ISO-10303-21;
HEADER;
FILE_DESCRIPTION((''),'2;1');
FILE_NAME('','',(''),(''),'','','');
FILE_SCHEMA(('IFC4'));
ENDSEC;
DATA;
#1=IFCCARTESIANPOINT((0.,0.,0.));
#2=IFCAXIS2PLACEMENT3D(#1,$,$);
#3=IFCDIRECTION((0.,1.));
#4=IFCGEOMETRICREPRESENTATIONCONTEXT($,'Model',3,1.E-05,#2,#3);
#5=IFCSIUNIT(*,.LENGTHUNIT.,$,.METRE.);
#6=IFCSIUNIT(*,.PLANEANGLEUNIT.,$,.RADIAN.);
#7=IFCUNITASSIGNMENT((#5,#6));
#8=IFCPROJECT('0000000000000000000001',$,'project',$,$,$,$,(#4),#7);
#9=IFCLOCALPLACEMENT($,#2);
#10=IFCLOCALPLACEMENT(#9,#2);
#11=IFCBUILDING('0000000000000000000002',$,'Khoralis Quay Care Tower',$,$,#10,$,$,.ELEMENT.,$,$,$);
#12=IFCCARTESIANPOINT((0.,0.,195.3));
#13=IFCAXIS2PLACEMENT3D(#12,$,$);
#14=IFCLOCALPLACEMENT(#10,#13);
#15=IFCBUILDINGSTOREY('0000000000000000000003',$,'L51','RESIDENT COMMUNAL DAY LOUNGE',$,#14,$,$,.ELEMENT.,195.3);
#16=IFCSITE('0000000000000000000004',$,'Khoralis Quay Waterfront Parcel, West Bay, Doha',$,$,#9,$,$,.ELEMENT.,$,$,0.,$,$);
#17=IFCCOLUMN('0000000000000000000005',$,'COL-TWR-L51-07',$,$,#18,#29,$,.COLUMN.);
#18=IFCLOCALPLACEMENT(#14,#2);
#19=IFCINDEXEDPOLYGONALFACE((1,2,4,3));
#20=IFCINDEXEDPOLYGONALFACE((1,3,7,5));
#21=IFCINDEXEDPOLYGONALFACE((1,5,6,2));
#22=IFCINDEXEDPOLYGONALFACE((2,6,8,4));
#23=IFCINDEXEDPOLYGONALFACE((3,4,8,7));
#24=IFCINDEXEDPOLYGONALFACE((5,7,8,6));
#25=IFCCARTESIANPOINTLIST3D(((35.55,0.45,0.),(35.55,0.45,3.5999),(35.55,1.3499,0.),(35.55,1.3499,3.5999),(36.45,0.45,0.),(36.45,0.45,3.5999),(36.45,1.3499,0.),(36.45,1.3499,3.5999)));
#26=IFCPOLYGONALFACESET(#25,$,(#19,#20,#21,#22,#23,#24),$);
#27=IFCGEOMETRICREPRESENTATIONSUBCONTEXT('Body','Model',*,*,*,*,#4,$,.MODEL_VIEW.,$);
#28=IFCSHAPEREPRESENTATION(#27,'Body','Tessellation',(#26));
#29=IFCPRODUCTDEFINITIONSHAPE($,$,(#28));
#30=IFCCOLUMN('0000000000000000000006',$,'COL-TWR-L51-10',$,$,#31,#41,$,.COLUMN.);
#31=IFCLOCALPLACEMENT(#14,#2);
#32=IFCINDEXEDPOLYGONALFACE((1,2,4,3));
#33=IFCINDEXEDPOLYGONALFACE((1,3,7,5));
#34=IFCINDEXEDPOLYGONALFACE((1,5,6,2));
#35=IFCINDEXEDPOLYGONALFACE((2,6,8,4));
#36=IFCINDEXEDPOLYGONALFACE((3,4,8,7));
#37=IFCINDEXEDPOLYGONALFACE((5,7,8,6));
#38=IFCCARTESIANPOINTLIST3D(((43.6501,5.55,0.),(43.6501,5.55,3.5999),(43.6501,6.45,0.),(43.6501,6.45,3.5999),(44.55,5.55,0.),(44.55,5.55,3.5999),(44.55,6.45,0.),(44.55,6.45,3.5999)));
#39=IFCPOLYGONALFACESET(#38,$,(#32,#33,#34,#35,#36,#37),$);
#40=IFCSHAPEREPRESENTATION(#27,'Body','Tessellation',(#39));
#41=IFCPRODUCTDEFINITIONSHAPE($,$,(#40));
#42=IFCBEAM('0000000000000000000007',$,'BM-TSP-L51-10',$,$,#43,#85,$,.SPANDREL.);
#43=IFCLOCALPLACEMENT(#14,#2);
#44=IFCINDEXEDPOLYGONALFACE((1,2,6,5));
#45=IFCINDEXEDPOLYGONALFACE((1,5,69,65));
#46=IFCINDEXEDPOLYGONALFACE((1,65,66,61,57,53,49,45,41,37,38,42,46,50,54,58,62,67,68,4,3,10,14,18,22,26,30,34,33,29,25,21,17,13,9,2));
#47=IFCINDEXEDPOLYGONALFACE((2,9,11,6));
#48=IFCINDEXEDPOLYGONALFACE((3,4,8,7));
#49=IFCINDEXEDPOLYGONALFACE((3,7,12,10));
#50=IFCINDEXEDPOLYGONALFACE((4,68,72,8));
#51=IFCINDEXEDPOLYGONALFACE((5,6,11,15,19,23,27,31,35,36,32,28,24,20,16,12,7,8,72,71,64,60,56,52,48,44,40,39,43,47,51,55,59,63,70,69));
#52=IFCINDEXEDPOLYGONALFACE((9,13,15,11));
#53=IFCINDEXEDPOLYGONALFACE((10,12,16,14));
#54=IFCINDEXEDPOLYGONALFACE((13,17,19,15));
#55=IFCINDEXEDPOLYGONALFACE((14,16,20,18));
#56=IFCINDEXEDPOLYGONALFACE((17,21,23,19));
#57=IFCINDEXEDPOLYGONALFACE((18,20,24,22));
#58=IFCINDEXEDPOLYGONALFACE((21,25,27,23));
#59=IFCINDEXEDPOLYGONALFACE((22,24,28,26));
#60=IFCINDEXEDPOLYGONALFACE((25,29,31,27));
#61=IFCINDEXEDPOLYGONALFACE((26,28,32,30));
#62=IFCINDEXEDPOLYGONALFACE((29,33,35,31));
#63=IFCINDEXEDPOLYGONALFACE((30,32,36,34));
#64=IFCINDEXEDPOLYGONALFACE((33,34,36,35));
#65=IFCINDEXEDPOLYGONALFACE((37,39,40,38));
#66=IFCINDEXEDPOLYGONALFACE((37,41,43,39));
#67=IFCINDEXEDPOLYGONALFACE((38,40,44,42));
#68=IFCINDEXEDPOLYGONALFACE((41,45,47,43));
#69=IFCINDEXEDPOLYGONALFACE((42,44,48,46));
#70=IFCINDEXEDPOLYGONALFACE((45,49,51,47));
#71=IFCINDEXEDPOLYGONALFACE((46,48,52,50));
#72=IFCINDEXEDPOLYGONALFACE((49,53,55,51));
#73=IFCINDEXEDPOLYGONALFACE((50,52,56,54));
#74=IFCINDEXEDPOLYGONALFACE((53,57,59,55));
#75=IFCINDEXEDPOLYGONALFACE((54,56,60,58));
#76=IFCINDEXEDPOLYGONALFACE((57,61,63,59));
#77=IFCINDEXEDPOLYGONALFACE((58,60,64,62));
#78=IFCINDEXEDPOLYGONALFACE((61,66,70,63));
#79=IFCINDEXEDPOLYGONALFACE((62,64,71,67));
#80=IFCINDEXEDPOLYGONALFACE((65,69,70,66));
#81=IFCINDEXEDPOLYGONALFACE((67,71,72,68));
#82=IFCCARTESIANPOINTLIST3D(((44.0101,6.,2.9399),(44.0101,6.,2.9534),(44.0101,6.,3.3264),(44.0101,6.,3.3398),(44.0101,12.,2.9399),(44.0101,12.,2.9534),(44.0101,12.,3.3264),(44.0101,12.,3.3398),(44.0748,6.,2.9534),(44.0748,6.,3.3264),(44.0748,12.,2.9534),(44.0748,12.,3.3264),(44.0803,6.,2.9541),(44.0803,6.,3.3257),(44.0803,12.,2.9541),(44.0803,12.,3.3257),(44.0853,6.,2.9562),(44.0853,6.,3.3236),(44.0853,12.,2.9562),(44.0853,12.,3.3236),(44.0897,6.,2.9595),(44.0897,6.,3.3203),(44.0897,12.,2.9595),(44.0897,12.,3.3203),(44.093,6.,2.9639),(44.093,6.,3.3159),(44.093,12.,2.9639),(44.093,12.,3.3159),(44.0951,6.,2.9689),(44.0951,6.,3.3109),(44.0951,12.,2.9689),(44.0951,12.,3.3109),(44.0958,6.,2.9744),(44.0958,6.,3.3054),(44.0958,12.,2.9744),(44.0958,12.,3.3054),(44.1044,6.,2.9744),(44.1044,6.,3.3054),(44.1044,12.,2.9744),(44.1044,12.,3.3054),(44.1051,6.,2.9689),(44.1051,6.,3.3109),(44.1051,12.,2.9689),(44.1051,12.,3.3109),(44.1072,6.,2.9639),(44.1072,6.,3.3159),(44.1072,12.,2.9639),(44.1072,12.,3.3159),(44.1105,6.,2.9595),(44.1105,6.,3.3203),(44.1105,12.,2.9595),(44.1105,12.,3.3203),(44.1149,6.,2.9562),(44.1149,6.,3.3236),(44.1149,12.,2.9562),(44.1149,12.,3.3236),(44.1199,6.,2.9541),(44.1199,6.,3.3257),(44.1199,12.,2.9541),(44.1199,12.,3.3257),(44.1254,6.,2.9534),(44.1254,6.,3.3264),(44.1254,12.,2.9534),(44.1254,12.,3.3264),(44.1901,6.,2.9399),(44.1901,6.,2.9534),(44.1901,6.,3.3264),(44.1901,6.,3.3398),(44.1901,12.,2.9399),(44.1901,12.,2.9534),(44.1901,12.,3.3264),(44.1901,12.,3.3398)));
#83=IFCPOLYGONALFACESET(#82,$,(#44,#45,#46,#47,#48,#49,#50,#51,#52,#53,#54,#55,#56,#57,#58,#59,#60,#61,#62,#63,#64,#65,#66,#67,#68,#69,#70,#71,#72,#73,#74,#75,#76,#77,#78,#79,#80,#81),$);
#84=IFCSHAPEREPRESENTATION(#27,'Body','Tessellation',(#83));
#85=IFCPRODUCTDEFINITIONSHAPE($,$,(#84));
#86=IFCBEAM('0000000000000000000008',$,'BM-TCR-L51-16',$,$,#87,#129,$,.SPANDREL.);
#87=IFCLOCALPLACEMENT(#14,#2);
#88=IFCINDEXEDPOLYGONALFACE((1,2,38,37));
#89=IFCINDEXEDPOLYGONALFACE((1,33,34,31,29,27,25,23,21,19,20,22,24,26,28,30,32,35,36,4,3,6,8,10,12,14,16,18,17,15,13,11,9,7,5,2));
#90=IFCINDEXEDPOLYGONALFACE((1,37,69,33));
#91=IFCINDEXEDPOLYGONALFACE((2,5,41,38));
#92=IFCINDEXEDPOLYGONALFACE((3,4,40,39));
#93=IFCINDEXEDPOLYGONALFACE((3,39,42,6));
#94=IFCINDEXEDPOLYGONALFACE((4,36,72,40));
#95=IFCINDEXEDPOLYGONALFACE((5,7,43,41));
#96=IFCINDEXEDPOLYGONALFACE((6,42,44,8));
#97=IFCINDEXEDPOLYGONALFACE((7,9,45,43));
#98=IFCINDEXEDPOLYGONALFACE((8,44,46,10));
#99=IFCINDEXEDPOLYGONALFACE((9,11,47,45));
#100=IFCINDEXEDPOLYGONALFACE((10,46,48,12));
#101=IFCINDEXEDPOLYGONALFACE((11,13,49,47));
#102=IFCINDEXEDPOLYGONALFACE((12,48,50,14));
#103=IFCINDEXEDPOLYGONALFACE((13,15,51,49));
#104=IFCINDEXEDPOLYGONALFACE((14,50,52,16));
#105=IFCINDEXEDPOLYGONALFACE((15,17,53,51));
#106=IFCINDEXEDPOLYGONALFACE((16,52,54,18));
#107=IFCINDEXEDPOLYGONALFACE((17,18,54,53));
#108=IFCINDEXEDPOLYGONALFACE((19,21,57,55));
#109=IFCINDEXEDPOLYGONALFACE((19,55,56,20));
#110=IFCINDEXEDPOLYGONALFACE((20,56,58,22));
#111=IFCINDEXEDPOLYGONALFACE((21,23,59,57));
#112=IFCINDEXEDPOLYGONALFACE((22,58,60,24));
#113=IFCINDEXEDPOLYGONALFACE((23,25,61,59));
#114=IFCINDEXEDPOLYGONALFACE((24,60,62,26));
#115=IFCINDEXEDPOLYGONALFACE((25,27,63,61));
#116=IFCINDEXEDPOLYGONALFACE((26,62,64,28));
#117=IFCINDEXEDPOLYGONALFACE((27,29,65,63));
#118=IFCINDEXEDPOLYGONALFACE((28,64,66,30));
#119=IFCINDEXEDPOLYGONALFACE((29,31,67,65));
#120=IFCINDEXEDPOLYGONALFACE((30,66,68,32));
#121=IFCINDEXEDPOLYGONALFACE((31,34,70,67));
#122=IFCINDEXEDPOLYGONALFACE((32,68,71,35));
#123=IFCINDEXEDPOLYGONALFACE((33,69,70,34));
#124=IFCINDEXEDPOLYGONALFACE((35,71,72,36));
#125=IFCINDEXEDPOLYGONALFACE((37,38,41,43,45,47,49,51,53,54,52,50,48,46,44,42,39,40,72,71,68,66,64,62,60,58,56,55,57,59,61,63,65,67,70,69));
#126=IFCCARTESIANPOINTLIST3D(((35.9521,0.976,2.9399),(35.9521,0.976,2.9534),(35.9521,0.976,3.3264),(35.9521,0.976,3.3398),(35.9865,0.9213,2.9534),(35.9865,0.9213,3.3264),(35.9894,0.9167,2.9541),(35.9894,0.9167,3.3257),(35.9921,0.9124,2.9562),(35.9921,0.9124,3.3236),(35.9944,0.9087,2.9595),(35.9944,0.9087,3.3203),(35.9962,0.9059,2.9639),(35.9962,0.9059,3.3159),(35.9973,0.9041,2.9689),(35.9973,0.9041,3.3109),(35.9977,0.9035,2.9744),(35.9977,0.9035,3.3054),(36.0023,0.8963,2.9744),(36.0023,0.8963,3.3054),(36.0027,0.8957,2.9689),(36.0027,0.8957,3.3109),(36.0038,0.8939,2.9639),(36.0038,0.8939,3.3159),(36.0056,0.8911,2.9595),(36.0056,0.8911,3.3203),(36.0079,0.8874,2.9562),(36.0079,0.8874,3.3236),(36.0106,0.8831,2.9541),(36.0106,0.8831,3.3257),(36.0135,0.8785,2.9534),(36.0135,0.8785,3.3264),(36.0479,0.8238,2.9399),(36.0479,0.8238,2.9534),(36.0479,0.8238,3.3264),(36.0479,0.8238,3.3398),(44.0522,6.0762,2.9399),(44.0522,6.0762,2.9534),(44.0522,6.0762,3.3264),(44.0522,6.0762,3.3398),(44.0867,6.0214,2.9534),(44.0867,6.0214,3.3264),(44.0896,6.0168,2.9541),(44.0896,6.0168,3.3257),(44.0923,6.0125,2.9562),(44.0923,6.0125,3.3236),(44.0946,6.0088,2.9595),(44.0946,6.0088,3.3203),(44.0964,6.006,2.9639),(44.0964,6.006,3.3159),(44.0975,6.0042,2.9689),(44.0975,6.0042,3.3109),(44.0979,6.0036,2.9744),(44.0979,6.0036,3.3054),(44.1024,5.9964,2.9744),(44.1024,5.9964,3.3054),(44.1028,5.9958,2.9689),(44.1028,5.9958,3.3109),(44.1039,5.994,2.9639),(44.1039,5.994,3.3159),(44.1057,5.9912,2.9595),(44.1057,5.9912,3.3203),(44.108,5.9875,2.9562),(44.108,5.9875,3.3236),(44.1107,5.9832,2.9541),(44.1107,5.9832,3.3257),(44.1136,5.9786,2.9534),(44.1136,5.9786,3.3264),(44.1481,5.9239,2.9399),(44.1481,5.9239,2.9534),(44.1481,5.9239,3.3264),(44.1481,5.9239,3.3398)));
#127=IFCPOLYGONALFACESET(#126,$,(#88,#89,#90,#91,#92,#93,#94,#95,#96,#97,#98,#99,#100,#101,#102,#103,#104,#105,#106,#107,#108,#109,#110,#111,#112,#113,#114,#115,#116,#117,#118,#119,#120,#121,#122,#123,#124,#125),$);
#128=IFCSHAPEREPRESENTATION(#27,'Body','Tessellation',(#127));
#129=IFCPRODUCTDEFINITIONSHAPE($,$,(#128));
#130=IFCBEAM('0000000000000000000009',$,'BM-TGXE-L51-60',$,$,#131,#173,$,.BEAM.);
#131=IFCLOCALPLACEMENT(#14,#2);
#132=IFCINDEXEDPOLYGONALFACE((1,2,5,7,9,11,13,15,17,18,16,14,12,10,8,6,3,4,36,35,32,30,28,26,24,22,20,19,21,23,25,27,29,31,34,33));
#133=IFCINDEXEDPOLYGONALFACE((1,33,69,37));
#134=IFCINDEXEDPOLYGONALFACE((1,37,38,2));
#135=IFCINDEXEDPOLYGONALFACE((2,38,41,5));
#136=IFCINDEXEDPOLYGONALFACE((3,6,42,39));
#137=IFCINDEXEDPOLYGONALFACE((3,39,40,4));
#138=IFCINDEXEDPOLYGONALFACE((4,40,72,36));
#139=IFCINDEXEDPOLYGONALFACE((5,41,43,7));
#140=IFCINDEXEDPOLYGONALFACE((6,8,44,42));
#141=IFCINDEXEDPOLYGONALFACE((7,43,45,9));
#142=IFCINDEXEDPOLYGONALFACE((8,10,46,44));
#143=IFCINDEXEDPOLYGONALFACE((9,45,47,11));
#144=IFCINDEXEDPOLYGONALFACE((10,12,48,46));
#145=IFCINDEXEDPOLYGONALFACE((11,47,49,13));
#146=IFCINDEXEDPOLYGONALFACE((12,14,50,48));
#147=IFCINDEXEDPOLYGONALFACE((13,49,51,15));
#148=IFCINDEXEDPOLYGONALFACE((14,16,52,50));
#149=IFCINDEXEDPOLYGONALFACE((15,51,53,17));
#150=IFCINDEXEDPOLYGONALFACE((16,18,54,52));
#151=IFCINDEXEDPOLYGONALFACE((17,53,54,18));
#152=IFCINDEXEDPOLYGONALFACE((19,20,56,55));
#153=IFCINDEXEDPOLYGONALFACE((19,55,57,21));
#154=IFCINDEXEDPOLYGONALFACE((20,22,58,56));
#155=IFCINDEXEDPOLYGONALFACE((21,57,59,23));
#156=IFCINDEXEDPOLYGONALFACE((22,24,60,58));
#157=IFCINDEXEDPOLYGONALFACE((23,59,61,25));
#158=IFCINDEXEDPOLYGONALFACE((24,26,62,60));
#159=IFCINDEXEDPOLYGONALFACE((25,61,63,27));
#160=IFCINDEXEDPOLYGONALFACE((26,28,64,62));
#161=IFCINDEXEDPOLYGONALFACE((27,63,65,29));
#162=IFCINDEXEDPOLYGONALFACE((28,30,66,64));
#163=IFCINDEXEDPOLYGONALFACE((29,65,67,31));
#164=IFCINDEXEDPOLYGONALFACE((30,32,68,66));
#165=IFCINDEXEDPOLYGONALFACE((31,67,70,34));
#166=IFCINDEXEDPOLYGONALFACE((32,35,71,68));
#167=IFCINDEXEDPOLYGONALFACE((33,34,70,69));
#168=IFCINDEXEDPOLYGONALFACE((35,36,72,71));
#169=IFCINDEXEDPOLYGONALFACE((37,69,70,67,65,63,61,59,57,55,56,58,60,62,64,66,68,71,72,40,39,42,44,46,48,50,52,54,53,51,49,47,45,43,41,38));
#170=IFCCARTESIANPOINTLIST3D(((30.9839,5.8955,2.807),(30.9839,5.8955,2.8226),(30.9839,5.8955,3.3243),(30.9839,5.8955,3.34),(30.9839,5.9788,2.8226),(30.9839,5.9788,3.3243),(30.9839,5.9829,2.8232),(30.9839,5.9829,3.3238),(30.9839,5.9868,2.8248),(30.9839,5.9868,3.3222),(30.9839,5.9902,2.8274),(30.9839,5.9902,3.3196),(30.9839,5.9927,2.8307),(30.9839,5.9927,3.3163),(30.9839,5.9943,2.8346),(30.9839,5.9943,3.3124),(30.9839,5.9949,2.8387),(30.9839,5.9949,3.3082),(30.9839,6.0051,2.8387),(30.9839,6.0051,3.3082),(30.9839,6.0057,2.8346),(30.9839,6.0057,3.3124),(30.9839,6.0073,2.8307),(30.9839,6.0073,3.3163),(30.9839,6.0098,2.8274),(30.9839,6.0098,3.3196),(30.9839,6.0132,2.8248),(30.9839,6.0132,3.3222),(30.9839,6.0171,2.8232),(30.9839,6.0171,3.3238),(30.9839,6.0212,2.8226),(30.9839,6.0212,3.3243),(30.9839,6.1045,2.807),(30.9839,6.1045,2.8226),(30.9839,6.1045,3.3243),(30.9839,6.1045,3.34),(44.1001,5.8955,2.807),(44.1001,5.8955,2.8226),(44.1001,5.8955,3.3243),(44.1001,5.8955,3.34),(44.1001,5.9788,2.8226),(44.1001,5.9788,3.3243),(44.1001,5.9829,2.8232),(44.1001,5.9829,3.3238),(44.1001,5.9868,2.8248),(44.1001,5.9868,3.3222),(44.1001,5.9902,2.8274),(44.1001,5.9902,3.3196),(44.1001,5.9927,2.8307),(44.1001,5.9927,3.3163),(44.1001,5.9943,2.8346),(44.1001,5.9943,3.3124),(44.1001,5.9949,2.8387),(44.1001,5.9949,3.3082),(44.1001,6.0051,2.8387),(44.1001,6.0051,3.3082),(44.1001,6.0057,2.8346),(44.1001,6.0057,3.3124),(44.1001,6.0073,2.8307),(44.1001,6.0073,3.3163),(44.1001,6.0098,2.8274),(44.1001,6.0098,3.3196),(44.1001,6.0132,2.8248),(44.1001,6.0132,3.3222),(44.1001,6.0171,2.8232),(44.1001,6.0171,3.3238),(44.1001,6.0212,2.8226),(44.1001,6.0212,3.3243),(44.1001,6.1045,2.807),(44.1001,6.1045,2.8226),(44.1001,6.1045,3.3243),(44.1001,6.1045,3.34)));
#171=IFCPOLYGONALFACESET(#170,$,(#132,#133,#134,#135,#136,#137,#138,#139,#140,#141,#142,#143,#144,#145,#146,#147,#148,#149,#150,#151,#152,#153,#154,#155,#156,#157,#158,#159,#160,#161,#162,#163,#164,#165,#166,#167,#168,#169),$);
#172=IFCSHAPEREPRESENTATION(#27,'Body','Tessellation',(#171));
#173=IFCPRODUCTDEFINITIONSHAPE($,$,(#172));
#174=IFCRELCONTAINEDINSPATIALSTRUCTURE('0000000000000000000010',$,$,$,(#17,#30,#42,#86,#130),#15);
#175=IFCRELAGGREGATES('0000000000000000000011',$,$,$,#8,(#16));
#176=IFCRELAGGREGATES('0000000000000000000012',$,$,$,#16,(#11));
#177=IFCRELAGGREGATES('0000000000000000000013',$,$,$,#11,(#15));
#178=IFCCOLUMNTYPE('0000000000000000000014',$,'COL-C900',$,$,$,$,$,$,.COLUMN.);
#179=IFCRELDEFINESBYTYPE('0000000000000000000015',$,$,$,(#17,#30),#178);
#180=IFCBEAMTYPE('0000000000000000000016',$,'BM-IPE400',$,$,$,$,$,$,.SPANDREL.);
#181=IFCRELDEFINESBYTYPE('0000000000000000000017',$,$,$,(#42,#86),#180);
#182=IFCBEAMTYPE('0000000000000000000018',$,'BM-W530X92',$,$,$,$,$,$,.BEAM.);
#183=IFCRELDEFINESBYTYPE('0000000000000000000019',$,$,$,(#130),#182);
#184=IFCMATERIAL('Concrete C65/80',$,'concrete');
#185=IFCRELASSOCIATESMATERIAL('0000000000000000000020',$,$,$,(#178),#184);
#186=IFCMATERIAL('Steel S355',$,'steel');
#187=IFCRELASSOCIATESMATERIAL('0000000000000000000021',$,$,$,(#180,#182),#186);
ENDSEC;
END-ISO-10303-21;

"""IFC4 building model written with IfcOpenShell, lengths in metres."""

from ifc_helpers import new_model, si_unit, direction, frame, origin, origin_2d, place, context, subcontext, project, spatial, rectangle, i_section, extrude, source, transform, mapped, material, material_profile, profile_set, type_object, element, save


model = new_model("IFC4")

# Units and contexts
model_context = context("Model", 3, precision=1e-05, world=origin(), true_north=direction((0.0, 1.0)))
body_context = subcontext(model_context, "Body", "Model", "MODEL_VIEW")
ifc_project = project(units=[si_unit("LENGTHUNIT", "METRE"), si_unit("PLANEANGLEUNIT", "RADIAN")], contexts=[model_context])

# Site, building, storey
site_placement = place(None, origin())
site = spatial("IfcSite", under=ifc_project, at=site_placement, Name="Khoralis Quay Waterfront Parcel, West Bay, Doha", CompositionType="ELEMENT", RefElevation=0.0)
building_placement = place(site_placement, origin())
building = spatial("IfcBuilding", under=site, at=building_placement, Name="Khoralis Quay Care Tower", CompositionType="ELEMENT")
storey_placement = place(building_placement, frame((0.0, 0.0, 195.3)))
storey = spatial("IfcBuildingStorey", under=building, at=storey_placement, Name="L51", Description="RESIDENT COMMUNAL DAY LOUNGE", CompositionType="ELEMENT", Elevation=195.3)

# Columns
ifc_material_1 = material(Name="Concrete C65/80", Category="concrete")
ifc_material_profile_1 = material_profile(ifc_material_1, rectangle(XDim=0.8999, YDim=0.8999, at=origin_2d()), Name="Concrete C65/80")
ifc_profile_set_1 = profile_set([ifc_material_profile_1], Name="Concrete C65/80")
column_type = type_object("IfcColumnType", Name="COL-C900", PredefinedType="COLUMN", material=ifc_profile_set_1)
shared_shape_1 = source(origin(), body_context, "Body", "SweptSolid", [
    extrude(rectangle(XDim=0.8999, YDim=0.8999, at=origin_2d()), origin(), (0.0, 0.0, 1.0), 3.5999),
])
for number, where, z_axis, x_axis, name in (
    (1, (36.0, 0.8999, 0.0), (0.0, 0.0, 1.0), (1.0, 0.0, 0.0), "COL-TWR-L51-07"),
    (2, (44.1001, 6.0, 0.0), (0.0, 0.0, 1.0), (1.0, 0.0, 0.0), "COL-TWR-L51-10"),
):
    element("IfcColumn", number, at=place(storey_placement, frame(where, z_axis=z_axis, x_axis=x_axis)), inside=storey, type_object=column_type, Name=name, PredefinedType="COLUMN", context=body_context, shape_type="MappedRepresentation", body=[
        mapped(shared_shape_1, transform((0.0, 0.0, 0.0), scale=1.0)),
    ])

# Beams
ifc_material_2 = material(Name="Steel S355", Category="steel")
ifc_material_profile_2 = material_profile(ifc_material_2, i_section(OverallWidth=0.1799, OverallDepth=0.3999, WebThickness=0.0085, FlangeThickness=0.0134, FilletRadius=0.021, at=origin_2d()), Name="Steel S355")
ifc_profile_set_2 = profile_set([ifc_material_profile_2], Name="Steel S355")
beam_type_1 = type_object("IfcBeamType", Name="BM-IPE400", PredefinedType="SPANDREL", material=ifc_profile_set_2)
shared_shape_2 = source(origin(), body_context, "Body", "SweptSolid", [
    extrude(i_section(OverallWidth=0.1799, OverallDepth=0.3999, WebThickness=0.0085, FlangeThickness=0.0134, FilletRadius=0.021, at=origin_2d()), origin(), (0.0, 0.0, 1.0), 6.0),
])
beam_1_placement = place(storey_placement, frame((44.1001, 6.0, 3.1399), z_axis=(0.0, 1.0, 0.0), x_axis=(-1.0, 0.0, 0.0)))
element("IfcBeam", 3, at=beam_1_placement, inside=storey, type_object=beam_type_1, Name="BM-TSP-L51-10", PredefinedType="SPANDREL", context=body_context, shape_type="MappedRepresentation", body=[
    mapped(shared_shape_2, transform((0.0, 0.0, 0.0), scale=1.0)),
])
shared_shape_3 = source(origin(), body_context, "Body", "SweptSolid", [
    extrude(i_section(OverallWidth=0.1799, OverallDepth=0.3999, WebThickness=0.0085, FlangeThickness=0.0134, FilletRadius=0.021, at=origin_2d()), origin(), (0.0, 0.0, 1.0), 9.572),
])
beam_2_placement = place(storey_placement, frame((36.0, 0.8999, 3.1399), z_axis=(0.846231, 0.532816, 0.0), x_axis=(-0.532816, 0.846231, 0.0)))
element("IfcBeam", 4, at=beam_2_placement, inside=storey, type_object=beam_type_1, Name="BM-TCR-L51-16", PredefinedType="SPANDREL", context=body_context, shape_type="MappedRepresentation", body=[
    mapped(shared_shape_3, transform((0.0, 0.0, 0.0), scale=1.0)),
])
ifc_material_profile_3 = material_profile(ifc_material_2, i_section(OverallWidth=0.209, OverallDepth=0.533, WebThickness=0.0103, FlangeThickness=0.0156, FilletRadius=0.0161, at=origin_2d()), Name="Steel S355")
ifc_profile_set_3 = profile_set([ifc_material_profile_3], Name="Steel S355")
beam_type_2 = type_object("IfcBeamType", Name="BM-W530X92", PredefinedType="BEAM", material=ifc_profile_set_3)
shared_shape_4 = source(origin(), body_context, "Body", "SweptSolid", [
    extrude(i_section(OverallWidth=0.209, OverallDepth=0.533, WebThickness=0.0103, FlangeThickness=0.0156, FilletRadius=0.0161, at=origin_2d()), origin(), (0.0, 0.0, 1.0), 13.1162),
])
beam_3_placement = place(storey_placement, frame((30.9839, 6.0, 3.0735), z_axis=(1.0, 0.0, 0.0), x_axis=(0.0, 1.0, 0.0)))
element("IfcBeam", 5, at=beam_3_placement, inside=storey, type_object=beam_type_2, Name="BM-TGXE-L51-60", PredefinedType="BEAM", context=body_context, shape_type="MappedRepresentation", body=[
    mapped(shared_shape_4, transform((0.0, 0.0, 0.0), scale=1.0)),
])

save(model, "model.ifc")
